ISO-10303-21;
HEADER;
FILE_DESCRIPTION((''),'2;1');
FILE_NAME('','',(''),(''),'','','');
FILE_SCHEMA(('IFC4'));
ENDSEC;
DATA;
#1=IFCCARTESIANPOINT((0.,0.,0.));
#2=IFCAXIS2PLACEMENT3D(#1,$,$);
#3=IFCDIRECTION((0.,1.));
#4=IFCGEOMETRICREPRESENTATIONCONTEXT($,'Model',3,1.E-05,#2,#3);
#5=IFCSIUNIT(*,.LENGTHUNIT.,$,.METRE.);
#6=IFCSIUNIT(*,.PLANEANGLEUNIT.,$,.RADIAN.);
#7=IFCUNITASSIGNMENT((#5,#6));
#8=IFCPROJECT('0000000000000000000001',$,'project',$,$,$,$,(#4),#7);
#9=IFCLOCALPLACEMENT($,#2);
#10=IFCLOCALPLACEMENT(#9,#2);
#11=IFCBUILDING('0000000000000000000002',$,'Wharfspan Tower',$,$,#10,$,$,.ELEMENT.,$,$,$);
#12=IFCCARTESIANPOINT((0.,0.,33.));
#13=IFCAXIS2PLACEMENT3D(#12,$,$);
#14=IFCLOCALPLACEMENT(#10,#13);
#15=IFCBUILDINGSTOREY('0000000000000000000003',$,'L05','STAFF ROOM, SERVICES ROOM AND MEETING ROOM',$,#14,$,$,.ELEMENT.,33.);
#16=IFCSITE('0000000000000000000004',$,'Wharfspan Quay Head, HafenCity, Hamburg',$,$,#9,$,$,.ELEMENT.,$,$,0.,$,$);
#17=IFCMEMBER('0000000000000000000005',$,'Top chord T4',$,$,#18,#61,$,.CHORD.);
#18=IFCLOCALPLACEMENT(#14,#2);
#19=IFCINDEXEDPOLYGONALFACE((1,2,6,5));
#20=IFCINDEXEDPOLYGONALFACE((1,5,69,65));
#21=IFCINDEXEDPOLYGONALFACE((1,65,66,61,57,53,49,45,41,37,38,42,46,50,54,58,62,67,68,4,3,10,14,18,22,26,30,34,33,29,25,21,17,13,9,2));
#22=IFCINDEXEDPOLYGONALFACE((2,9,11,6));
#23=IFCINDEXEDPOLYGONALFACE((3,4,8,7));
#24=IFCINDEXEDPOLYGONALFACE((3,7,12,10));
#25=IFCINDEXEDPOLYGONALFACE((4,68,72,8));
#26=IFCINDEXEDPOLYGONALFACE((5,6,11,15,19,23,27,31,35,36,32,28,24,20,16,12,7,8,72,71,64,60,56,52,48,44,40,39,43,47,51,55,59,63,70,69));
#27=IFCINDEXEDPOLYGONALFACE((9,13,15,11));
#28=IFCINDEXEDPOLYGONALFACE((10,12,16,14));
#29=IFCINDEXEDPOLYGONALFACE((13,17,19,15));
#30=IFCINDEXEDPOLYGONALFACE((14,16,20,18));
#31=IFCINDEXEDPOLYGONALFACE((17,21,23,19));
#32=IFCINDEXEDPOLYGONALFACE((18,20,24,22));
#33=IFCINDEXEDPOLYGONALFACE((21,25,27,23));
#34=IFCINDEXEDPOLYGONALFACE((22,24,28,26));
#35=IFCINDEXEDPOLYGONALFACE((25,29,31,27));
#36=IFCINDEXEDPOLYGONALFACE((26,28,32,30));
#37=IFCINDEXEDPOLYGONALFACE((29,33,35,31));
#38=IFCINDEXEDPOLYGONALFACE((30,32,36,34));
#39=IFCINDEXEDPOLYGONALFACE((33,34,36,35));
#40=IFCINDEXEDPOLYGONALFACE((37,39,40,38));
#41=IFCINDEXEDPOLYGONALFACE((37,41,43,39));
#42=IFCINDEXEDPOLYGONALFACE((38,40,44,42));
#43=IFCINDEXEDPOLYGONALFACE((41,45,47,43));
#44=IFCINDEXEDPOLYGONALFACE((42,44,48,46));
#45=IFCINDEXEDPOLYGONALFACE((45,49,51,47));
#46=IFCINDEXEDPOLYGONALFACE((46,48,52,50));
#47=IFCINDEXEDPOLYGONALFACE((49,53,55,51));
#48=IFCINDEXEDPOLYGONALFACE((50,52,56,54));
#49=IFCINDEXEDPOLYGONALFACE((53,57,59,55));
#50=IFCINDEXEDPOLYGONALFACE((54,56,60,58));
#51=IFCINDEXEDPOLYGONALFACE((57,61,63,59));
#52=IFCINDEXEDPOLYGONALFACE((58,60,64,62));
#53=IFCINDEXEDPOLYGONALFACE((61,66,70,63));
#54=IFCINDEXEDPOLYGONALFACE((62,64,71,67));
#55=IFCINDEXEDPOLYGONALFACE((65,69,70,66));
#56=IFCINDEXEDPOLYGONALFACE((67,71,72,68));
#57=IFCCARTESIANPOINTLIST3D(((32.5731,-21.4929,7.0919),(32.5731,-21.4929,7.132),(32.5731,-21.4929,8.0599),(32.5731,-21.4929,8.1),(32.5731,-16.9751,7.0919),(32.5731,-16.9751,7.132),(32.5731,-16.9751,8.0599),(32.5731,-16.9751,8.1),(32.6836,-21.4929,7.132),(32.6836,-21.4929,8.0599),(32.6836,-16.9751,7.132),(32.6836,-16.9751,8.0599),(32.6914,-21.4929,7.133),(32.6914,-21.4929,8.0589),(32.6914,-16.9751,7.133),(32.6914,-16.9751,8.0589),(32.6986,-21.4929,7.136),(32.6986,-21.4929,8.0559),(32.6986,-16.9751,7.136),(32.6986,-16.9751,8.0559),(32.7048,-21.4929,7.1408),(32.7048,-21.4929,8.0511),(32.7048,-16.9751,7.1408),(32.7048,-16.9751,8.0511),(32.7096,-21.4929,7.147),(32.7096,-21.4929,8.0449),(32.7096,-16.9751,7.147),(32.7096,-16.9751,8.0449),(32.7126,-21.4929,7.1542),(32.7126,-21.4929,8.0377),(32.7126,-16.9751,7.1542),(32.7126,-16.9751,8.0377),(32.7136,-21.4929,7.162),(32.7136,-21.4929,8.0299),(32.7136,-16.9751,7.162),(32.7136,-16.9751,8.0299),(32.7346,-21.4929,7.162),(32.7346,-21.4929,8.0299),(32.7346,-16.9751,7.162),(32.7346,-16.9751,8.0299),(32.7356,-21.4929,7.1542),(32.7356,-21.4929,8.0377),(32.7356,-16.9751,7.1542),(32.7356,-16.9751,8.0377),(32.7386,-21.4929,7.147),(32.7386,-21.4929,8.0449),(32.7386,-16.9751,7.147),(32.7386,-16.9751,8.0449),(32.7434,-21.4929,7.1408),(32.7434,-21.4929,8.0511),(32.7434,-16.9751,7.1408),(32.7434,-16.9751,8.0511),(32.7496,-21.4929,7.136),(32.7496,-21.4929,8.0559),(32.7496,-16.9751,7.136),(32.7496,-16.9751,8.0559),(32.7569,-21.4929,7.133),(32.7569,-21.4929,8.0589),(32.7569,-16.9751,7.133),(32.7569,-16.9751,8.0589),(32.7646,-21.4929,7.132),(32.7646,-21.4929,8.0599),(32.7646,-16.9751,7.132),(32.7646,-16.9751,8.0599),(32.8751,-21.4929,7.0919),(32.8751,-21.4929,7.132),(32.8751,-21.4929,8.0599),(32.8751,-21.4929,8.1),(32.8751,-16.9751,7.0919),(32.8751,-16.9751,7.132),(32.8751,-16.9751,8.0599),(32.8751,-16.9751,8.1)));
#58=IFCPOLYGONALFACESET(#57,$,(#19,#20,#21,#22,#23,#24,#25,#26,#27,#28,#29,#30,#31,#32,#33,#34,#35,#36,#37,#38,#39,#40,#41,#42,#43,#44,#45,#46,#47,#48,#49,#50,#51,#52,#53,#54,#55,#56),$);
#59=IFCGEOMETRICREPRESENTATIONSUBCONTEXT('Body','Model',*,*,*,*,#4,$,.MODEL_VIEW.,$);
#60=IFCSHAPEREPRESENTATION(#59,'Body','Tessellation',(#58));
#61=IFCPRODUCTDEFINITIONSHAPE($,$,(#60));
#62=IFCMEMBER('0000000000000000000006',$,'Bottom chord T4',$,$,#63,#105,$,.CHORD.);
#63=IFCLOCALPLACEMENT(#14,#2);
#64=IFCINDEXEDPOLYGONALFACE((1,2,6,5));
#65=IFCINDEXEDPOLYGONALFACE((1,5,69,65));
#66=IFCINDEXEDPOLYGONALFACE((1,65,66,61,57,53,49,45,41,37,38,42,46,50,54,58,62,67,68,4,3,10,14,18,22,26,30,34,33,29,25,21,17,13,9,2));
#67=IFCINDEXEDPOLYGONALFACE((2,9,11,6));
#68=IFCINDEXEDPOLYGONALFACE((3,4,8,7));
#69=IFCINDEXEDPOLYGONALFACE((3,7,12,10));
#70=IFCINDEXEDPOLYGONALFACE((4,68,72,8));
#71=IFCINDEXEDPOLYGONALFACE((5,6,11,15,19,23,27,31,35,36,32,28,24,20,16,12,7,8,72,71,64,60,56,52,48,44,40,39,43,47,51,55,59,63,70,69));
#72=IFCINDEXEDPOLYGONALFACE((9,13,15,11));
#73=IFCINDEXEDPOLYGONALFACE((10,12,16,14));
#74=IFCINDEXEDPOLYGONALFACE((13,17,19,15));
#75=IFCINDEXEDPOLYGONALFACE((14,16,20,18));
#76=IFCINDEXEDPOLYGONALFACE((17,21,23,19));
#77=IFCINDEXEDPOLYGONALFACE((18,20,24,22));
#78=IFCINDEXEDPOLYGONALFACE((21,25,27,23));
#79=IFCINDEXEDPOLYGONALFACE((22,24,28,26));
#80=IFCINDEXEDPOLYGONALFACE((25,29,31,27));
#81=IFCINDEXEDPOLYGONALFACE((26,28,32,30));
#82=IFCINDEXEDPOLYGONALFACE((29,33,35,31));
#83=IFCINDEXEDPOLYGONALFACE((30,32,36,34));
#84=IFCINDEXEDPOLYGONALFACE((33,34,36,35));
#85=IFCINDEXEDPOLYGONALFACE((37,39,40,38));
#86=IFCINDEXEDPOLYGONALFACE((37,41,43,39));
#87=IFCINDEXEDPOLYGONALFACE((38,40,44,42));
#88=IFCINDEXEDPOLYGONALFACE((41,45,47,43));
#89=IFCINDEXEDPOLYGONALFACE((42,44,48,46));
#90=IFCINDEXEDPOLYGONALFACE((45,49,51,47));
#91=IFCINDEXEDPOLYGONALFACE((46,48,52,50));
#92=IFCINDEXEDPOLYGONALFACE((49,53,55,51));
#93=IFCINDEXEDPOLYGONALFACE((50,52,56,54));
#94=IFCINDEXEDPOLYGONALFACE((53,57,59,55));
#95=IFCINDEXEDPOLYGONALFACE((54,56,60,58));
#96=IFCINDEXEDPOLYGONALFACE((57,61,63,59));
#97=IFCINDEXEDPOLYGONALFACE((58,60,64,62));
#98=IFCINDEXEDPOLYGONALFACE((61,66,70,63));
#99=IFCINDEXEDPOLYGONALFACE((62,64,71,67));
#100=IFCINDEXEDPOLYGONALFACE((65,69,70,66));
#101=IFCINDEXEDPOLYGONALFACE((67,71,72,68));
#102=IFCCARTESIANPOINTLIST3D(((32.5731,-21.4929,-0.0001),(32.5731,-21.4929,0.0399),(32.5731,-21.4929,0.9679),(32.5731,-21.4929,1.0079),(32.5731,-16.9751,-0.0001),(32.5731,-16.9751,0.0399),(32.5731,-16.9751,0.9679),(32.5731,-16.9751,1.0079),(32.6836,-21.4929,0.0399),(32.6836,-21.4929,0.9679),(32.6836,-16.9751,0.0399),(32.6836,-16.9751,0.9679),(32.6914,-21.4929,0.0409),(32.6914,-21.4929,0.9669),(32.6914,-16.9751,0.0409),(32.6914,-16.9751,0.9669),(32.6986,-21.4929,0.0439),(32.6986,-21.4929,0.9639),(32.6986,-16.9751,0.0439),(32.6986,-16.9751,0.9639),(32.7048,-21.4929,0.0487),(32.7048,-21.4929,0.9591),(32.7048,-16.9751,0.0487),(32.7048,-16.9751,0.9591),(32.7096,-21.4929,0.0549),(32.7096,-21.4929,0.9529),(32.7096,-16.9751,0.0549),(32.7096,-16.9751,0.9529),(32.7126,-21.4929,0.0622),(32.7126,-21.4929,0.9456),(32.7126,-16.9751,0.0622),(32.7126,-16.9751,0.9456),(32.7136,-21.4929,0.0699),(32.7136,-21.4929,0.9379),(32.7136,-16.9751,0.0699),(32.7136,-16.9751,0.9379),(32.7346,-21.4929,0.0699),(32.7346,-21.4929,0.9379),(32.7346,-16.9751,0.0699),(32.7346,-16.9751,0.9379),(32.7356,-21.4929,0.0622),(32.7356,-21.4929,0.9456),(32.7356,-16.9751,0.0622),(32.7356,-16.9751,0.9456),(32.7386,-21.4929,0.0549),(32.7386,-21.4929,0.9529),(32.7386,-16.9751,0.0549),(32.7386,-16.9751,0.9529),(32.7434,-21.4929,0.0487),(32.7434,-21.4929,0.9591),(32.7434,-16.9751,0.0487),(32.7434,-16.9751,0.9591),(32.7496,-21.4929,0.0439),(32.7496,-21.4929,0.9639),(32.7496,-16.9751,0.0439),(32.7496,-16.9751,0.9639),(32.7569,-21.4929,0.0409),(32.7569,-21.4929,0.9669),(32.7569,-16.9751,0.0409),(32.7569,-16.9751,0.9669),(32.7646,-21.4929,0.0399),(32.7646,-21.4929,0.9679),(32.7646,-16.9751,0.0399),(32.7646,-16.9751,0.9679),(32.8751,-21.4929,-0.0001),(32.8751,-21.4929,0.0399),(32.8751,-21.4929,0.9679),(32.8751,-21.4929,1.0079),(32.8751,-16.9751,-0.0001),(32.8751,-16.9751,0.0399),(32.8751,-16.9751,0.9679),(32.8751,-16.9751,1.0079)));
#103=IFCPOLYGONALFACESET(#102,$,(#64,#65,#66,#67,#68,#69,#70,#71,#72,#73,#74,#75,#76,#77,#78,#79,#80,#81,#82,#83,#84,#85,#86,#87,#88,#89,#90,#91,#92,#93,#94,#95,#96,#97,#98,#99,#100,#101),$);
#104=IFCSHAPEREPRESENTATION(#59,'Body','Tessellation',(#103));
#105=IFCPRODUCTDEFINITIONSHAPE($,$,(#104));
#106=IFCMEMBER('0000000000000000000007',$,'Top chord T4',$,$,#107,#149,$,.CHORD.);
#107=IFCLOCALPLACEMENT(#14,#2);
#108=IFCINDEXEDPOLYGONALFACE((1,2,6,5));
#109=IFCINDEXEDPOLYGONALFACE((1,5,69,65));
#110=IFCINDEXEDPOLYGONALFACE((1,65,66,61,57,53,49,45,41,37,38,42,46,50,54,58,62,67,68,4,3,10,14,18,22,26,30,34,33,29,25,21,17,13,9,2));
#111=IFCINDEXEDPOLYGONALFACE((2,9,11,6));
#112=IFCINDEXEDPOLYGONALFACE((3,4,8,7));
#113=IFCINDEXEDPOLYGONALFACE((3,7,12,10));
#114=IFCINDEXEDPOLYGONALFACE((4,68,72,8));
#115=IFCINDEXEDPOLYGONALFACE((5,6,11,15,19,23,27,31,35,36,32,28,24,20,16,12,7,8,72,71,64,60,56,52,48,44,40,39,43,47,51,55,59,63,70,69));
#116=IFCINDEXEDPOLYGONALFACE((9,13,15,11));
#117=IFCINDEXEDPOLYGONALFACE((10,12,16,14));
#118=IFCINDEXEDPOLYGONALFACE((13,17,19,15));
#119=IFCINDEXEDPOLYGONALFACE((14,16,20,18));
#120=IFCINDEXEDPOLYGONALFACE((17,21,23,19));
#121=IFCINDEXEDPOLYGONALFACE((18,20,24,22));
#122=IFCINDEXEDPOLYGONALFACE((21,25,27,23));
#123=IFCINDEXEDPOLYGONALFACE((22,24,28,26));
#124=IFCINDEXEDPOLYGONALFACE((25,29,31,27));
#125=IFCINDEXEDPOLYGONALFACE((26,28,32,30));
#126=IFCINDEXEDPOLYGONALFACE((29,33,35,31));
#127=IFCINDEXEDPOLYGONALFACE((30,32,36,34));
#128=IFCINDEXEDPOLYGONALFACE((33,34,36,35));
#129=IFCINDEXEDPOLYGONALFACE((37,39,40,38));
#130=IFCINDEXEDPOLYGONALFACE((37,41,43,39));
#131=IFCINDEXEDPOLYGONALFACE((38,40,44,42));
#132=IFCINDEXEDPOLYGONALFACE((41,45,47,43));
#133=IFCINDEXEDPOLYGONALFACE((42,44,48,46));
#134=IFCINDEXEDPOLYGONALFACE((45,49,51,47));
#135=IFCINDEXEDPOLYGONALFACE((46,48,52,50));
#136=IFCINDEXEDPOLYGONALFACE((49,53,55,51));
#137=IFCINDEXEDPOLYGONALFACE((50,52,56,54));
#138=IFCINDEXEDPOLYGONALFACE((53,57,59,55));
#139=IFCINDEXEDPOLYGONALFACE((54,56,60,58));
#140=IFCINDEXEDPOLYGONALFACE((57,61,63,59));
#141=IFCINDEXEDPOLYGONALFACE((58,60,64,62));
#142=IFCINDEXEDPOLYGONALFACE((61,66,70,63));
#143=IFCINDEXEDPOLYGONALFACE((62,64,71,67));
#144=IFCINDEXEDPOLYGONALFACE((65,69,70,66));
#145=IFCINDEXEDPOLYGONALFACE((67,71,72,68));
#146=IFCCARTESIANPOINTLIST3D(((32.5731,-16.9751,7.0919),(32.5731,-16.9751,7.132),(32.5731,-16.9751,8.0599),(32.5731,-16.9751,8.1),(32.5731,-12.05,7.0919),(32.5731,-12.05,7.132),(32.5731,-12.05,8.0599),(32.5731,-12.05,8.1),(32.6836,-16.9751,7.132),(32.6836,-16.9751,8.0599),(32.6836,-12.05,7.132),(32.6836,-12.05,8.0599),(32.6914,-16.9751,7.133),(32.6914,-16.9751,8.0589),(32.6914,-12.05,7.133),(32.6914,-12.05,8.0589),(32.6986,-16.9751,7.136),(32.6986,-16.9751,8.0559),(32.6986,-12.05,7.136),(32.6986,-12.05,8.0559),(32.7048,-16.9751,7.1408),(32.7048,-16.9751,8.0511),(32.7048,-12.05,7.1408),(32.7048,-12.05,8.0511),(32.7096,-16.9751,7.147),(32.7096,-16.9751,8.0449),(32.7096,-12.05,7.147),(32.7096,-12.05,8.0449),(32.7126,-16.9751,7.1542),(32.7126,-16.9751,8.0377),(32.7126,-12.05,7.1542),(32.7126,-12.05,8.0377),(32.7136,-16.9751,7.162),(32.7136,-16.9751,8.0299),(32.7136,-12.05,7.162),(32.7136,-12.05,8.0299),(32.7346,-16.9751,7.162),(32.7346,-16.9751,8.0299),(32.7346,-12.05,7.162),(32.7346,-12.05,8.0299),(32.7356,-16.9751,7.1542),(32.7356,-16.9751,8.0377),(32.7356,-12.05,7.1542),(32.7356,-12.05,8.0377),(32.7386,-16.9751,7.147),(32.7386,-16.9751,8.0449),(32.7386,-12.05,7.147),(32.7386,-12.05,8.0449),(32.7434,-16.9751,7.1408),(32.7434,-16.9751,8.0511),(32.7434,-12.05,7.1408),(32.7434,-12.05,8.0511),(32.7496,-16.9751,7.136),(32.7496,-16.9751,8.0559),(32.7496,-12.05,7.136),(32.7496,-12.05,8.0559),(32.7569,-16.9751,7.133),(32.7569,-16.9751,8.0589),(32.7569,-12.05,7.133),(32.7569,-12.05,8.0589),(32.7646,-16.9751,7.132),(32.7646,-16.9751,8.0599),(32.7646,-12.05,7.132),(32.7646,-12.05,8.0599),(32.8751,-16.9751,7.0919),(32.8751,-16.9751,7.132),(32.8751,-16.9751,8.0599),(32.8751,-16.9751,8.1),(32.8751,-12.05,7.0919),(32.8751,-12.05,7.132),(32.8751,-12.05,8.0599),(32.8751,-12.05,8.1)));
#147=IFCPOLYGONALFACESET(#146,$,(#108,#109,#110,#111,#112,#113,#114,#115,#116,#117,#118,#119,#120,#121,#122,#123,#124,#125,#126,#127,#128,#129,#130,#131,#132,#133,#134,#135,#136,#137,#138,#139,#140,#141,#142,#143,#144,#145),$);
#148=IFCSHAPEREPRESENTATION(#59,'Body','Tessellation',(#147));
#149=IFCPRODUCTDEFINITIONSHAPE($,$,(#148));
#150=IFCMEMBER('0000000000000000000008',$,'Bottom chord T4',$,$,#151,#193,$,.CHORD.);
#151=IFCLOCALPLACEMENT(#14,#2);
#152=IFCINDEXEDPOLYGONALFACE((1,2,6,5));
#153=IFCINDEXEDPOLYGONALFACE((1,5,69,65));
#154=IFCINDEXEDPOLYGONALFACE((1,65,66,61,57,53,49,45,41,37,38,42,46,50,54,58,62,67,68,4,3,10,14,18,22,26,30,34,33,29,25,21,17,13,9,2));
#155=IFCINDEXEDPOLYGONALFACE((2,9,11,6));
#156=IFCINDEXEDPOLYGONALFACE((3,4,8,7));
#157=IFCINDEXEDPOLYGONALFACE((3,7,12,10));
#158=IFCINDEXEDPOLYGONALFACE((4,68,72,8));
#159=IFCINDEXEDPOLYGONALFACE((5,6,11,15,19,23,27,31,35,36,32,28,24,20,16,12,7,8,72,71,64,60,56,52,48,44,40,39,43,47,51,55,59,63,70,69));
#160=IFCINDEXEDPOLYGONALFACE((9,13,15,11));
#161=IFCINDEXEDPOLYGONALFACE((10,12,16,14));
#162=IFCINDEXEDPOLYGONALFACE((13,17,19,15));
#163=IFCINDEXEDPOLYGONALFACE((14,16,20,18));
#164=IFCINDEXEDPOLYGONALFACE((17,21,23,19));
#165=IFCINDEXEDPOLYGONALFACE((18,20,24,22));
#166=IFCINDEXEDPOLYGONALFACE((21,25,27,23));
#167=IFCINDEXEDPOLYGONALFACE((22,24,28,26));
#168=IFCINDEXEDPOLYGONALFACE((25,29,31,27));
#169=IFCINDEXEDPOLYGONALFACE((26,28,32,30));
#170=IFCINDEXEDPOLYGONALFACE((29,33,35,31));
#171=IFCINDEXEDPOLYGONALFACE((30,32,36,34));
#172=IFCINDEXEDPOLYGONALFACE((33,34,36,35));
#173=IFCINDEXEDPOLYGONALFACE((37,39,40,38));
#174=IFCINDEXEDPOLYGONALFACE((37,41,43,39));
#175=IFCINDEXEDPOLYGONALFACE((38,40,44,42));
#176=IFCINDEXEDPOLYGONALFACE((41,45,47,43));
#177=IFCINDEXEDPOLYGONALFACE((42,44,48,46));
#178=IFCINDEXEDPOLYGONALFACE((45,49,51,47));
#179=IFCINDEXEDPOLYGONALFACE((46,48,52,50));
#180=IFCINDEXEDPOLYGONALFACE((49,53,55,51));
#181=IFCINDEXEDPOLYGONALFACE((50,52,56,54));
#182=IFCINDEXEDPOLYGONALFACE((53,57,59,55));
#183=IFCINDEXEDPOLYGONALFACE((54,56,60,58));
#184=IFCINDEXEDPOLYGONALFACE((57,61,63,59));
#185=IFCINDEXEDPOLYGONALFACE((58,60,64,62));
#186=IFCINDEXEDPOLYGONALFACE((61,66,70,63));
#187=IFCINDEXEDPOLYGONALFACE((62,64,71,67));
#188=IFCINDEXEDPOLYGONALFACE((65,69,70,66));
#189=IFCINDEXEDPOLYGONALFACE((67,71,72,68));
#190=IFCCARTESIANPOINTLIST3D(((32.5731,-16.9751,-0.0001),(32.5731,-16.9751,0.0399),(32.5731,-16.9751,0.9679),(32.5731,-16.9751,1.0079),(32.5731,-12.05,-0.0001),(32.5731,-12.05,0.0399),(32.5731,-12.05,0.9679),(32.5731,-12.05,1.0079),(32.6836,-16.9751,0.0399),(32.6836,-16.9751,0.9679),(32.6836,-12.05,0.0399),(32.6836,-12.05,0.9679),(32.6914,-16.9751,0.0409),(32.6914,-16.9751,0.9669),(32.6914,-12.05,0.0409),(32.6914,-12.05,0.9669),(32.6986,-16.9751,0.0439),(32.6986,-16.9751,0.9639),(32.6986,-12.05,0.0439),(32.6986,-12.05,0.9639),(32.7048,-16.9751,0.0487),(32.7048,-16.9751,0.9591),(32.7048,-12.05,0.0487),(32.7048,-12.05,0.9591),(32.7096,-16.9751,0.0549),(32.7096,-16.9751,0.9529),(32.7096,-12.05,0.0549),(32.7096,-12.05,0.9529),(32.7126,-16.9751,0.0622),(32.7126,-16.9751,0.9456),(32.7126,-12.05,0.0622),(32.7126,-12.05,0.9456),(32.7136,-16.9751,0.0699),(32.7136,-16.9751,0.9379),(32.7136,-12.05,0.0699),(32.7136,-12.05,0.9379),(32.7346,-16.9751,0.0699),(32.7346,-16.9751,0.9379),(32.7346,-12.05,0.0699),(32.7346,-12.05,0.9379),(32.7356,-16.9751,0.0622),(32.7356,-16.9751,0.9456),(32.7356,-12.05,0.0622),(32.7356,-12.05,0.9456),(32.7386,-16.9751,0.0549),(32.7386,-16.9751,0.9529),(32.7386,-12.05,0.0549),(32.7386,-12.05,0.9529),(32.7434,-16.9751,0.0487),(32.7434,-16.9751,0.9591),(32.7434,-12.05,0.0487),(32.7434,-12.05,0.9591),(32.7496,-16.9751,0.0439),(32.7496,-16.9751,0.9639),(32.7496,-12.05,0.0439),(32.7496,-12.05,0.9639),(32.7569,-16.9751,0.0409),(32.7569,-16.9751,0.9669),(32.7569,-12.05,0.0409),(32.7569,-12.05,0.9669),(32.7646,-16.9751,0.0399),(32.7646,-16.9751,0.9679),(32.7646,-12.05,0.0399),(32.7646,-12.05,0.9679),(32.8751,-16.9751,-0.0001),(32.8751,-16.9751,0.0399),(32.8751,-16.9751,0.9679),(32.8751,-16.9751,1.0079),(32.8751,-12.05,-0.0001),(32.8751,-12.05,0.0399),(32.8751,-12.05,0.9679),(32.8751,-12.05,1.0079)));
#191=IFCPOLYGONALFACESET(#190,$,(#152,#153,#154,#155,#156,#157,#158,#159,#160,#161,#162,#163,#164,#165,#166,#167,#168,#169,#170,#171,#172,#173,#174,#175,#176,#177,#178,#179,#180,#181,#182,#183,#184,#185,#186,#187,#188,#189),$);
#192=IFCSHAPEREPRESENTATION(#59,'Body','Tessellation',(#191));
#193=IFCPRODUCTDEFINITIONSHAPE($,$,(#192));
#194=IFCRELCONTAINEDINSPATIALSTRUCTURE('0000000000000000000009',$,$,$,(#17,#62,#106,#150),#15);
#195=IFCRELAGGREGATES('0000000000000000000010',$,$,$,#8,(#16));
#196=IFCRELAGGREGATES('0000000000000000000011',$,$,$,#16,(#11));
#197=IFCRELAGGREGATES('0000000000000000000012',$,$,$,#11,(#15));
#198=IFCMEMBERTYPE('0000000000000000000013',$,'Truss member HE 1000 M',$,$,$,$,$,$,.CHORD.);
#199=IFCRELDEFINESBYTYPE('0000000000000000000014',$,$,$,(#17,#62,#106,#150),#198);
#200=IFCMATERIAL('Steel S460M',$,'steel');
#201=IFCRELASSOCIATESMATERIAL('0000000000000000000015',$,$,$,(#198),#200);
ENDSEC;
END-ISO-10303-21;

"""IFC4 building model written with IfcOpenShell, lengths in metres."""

from ifc_helpers import new_model, si_unit, direction, frame, origin, origin_2d, place, context, subcontext, project, spatial, i_section, extrude, material, material_profile, profile_set, type_object, element, save


model = new_model("IFC4")

# Units and contexts
model_context = context("Model", 3, precision=1e-05, world=origin(), true_north=direction((0.0, 1.0)))
body_context = subcontext(model_context, "Body", "Model", "MODEL_VIEW")
ifc_project = project(units=[si_unit("LENGTHUNIT", "METRE"), si_unit("PLANEANGLEUNIT", "RADIAN")], contexts=[model_context])

# Site, building, storey
site_placement = place(None, origin())
site = spatial("IfcSite", under=ifc_project, at=site_placement, Name="Wharfspan Quay Head, HafenCity, Hamburg", CompositionType="ELEMENT", RefElevation=0.0)
building_placement = place(site_placement, origin())
building = spatial("IfcBuilding", under=site, at=building_placement, Name="Wharfspan Tower", CompositionType="ELEMENT")
storey_placement = place(building_placement, frame((0.0, 0.0, 33.0)))
storey = spatial("IfcBuildingStorey", under=building, at=storey_placement, Name="L05", Description="STAFF ROOM, SERVICES ROOM AND MEETING ROOM", CompositionType="ELEMENT", Elevation=33.0)

# Members
ifc_material_1 = material(Name="Steel S460M", Category="steel")
ifc_material_profile_1 = material_profile(ifc_material_1, i_section(OverallWidth=0.302, OverallDepth=1.0081, WebThickness=0.021, FlangeThickness=0.04, FilletRadius=0.03, at=origin_2d()))
ifc_profile_set_1 = profile_set([ifc_material_profile_1], Name="Steel S460M")
member_type_1 = type_object("IfcMemberType", Name="Truss member HE 1000 M", PredefinedType="CHORD", material=ifc_profile_set_1)
for number, where, z_axis, x_axis, name in (
    (1, (32.7241, -21.4929, 7.5959), (0.0, 1.0, 0.0), (-1.0, 0.0, 0.0), "Top chord T4"),
    (2, (32.7241, -21.4929, 0.5039), (0.0, 1.0, 0.0), (-1.0, 0.0, 0.0), "Bottom chord T4"),
):
    element("IfcMember", number, at=place(storey_placement, frame(where, z_axis=z_axis, x_axis=x_axis)), inside=storey, type_object=member_type_1, Name=name, PredefinedType="CHORD", context=body_context, shape_type="SweptSolid", body=[
        extrude(i_section(OverallWidth=0.302, OverallDepth=1.0081, WebThickness=0.021, FlangeThickness=0.04, FilletRadius=0.03, at=origin_2d()), origin(), (0.0, 0.0, 1.0), 4.5178),
    ])
for number, where, z_axis, x_axis, name in (
    (3, (32.7241, -16.9751, 7.5959), (0.0, 1.0, 0.0), (-1.0, 0.0, 0.0), "Top chord T4"),
    (4, (32.7241, -16.9751, 0.5039), (0.0, 1.0, 0.0), (-1.0, 0.0, 0.0), "Bottom chord T4"),
):
    element("IfcMember", number, at=place(storey_placement, frame(where, z_axis=z_axis, x_axis=x_axis)), inside=storey, type_object=member_type_1, Name=name, PredefinedType="CHORD", context=body_context, shape_type="SweptSolid", body=[
        extrude(i_section(OverallWidth=0.302, OverallDepth=1.0081, WebThickness=0.021, FlangeThickness=0.04, FilletRadius=0.03, at=origin_2d()), origin(), (0.0, 0.0, 1.0), 4.925),
    ])

save(model, "model.ifc")
